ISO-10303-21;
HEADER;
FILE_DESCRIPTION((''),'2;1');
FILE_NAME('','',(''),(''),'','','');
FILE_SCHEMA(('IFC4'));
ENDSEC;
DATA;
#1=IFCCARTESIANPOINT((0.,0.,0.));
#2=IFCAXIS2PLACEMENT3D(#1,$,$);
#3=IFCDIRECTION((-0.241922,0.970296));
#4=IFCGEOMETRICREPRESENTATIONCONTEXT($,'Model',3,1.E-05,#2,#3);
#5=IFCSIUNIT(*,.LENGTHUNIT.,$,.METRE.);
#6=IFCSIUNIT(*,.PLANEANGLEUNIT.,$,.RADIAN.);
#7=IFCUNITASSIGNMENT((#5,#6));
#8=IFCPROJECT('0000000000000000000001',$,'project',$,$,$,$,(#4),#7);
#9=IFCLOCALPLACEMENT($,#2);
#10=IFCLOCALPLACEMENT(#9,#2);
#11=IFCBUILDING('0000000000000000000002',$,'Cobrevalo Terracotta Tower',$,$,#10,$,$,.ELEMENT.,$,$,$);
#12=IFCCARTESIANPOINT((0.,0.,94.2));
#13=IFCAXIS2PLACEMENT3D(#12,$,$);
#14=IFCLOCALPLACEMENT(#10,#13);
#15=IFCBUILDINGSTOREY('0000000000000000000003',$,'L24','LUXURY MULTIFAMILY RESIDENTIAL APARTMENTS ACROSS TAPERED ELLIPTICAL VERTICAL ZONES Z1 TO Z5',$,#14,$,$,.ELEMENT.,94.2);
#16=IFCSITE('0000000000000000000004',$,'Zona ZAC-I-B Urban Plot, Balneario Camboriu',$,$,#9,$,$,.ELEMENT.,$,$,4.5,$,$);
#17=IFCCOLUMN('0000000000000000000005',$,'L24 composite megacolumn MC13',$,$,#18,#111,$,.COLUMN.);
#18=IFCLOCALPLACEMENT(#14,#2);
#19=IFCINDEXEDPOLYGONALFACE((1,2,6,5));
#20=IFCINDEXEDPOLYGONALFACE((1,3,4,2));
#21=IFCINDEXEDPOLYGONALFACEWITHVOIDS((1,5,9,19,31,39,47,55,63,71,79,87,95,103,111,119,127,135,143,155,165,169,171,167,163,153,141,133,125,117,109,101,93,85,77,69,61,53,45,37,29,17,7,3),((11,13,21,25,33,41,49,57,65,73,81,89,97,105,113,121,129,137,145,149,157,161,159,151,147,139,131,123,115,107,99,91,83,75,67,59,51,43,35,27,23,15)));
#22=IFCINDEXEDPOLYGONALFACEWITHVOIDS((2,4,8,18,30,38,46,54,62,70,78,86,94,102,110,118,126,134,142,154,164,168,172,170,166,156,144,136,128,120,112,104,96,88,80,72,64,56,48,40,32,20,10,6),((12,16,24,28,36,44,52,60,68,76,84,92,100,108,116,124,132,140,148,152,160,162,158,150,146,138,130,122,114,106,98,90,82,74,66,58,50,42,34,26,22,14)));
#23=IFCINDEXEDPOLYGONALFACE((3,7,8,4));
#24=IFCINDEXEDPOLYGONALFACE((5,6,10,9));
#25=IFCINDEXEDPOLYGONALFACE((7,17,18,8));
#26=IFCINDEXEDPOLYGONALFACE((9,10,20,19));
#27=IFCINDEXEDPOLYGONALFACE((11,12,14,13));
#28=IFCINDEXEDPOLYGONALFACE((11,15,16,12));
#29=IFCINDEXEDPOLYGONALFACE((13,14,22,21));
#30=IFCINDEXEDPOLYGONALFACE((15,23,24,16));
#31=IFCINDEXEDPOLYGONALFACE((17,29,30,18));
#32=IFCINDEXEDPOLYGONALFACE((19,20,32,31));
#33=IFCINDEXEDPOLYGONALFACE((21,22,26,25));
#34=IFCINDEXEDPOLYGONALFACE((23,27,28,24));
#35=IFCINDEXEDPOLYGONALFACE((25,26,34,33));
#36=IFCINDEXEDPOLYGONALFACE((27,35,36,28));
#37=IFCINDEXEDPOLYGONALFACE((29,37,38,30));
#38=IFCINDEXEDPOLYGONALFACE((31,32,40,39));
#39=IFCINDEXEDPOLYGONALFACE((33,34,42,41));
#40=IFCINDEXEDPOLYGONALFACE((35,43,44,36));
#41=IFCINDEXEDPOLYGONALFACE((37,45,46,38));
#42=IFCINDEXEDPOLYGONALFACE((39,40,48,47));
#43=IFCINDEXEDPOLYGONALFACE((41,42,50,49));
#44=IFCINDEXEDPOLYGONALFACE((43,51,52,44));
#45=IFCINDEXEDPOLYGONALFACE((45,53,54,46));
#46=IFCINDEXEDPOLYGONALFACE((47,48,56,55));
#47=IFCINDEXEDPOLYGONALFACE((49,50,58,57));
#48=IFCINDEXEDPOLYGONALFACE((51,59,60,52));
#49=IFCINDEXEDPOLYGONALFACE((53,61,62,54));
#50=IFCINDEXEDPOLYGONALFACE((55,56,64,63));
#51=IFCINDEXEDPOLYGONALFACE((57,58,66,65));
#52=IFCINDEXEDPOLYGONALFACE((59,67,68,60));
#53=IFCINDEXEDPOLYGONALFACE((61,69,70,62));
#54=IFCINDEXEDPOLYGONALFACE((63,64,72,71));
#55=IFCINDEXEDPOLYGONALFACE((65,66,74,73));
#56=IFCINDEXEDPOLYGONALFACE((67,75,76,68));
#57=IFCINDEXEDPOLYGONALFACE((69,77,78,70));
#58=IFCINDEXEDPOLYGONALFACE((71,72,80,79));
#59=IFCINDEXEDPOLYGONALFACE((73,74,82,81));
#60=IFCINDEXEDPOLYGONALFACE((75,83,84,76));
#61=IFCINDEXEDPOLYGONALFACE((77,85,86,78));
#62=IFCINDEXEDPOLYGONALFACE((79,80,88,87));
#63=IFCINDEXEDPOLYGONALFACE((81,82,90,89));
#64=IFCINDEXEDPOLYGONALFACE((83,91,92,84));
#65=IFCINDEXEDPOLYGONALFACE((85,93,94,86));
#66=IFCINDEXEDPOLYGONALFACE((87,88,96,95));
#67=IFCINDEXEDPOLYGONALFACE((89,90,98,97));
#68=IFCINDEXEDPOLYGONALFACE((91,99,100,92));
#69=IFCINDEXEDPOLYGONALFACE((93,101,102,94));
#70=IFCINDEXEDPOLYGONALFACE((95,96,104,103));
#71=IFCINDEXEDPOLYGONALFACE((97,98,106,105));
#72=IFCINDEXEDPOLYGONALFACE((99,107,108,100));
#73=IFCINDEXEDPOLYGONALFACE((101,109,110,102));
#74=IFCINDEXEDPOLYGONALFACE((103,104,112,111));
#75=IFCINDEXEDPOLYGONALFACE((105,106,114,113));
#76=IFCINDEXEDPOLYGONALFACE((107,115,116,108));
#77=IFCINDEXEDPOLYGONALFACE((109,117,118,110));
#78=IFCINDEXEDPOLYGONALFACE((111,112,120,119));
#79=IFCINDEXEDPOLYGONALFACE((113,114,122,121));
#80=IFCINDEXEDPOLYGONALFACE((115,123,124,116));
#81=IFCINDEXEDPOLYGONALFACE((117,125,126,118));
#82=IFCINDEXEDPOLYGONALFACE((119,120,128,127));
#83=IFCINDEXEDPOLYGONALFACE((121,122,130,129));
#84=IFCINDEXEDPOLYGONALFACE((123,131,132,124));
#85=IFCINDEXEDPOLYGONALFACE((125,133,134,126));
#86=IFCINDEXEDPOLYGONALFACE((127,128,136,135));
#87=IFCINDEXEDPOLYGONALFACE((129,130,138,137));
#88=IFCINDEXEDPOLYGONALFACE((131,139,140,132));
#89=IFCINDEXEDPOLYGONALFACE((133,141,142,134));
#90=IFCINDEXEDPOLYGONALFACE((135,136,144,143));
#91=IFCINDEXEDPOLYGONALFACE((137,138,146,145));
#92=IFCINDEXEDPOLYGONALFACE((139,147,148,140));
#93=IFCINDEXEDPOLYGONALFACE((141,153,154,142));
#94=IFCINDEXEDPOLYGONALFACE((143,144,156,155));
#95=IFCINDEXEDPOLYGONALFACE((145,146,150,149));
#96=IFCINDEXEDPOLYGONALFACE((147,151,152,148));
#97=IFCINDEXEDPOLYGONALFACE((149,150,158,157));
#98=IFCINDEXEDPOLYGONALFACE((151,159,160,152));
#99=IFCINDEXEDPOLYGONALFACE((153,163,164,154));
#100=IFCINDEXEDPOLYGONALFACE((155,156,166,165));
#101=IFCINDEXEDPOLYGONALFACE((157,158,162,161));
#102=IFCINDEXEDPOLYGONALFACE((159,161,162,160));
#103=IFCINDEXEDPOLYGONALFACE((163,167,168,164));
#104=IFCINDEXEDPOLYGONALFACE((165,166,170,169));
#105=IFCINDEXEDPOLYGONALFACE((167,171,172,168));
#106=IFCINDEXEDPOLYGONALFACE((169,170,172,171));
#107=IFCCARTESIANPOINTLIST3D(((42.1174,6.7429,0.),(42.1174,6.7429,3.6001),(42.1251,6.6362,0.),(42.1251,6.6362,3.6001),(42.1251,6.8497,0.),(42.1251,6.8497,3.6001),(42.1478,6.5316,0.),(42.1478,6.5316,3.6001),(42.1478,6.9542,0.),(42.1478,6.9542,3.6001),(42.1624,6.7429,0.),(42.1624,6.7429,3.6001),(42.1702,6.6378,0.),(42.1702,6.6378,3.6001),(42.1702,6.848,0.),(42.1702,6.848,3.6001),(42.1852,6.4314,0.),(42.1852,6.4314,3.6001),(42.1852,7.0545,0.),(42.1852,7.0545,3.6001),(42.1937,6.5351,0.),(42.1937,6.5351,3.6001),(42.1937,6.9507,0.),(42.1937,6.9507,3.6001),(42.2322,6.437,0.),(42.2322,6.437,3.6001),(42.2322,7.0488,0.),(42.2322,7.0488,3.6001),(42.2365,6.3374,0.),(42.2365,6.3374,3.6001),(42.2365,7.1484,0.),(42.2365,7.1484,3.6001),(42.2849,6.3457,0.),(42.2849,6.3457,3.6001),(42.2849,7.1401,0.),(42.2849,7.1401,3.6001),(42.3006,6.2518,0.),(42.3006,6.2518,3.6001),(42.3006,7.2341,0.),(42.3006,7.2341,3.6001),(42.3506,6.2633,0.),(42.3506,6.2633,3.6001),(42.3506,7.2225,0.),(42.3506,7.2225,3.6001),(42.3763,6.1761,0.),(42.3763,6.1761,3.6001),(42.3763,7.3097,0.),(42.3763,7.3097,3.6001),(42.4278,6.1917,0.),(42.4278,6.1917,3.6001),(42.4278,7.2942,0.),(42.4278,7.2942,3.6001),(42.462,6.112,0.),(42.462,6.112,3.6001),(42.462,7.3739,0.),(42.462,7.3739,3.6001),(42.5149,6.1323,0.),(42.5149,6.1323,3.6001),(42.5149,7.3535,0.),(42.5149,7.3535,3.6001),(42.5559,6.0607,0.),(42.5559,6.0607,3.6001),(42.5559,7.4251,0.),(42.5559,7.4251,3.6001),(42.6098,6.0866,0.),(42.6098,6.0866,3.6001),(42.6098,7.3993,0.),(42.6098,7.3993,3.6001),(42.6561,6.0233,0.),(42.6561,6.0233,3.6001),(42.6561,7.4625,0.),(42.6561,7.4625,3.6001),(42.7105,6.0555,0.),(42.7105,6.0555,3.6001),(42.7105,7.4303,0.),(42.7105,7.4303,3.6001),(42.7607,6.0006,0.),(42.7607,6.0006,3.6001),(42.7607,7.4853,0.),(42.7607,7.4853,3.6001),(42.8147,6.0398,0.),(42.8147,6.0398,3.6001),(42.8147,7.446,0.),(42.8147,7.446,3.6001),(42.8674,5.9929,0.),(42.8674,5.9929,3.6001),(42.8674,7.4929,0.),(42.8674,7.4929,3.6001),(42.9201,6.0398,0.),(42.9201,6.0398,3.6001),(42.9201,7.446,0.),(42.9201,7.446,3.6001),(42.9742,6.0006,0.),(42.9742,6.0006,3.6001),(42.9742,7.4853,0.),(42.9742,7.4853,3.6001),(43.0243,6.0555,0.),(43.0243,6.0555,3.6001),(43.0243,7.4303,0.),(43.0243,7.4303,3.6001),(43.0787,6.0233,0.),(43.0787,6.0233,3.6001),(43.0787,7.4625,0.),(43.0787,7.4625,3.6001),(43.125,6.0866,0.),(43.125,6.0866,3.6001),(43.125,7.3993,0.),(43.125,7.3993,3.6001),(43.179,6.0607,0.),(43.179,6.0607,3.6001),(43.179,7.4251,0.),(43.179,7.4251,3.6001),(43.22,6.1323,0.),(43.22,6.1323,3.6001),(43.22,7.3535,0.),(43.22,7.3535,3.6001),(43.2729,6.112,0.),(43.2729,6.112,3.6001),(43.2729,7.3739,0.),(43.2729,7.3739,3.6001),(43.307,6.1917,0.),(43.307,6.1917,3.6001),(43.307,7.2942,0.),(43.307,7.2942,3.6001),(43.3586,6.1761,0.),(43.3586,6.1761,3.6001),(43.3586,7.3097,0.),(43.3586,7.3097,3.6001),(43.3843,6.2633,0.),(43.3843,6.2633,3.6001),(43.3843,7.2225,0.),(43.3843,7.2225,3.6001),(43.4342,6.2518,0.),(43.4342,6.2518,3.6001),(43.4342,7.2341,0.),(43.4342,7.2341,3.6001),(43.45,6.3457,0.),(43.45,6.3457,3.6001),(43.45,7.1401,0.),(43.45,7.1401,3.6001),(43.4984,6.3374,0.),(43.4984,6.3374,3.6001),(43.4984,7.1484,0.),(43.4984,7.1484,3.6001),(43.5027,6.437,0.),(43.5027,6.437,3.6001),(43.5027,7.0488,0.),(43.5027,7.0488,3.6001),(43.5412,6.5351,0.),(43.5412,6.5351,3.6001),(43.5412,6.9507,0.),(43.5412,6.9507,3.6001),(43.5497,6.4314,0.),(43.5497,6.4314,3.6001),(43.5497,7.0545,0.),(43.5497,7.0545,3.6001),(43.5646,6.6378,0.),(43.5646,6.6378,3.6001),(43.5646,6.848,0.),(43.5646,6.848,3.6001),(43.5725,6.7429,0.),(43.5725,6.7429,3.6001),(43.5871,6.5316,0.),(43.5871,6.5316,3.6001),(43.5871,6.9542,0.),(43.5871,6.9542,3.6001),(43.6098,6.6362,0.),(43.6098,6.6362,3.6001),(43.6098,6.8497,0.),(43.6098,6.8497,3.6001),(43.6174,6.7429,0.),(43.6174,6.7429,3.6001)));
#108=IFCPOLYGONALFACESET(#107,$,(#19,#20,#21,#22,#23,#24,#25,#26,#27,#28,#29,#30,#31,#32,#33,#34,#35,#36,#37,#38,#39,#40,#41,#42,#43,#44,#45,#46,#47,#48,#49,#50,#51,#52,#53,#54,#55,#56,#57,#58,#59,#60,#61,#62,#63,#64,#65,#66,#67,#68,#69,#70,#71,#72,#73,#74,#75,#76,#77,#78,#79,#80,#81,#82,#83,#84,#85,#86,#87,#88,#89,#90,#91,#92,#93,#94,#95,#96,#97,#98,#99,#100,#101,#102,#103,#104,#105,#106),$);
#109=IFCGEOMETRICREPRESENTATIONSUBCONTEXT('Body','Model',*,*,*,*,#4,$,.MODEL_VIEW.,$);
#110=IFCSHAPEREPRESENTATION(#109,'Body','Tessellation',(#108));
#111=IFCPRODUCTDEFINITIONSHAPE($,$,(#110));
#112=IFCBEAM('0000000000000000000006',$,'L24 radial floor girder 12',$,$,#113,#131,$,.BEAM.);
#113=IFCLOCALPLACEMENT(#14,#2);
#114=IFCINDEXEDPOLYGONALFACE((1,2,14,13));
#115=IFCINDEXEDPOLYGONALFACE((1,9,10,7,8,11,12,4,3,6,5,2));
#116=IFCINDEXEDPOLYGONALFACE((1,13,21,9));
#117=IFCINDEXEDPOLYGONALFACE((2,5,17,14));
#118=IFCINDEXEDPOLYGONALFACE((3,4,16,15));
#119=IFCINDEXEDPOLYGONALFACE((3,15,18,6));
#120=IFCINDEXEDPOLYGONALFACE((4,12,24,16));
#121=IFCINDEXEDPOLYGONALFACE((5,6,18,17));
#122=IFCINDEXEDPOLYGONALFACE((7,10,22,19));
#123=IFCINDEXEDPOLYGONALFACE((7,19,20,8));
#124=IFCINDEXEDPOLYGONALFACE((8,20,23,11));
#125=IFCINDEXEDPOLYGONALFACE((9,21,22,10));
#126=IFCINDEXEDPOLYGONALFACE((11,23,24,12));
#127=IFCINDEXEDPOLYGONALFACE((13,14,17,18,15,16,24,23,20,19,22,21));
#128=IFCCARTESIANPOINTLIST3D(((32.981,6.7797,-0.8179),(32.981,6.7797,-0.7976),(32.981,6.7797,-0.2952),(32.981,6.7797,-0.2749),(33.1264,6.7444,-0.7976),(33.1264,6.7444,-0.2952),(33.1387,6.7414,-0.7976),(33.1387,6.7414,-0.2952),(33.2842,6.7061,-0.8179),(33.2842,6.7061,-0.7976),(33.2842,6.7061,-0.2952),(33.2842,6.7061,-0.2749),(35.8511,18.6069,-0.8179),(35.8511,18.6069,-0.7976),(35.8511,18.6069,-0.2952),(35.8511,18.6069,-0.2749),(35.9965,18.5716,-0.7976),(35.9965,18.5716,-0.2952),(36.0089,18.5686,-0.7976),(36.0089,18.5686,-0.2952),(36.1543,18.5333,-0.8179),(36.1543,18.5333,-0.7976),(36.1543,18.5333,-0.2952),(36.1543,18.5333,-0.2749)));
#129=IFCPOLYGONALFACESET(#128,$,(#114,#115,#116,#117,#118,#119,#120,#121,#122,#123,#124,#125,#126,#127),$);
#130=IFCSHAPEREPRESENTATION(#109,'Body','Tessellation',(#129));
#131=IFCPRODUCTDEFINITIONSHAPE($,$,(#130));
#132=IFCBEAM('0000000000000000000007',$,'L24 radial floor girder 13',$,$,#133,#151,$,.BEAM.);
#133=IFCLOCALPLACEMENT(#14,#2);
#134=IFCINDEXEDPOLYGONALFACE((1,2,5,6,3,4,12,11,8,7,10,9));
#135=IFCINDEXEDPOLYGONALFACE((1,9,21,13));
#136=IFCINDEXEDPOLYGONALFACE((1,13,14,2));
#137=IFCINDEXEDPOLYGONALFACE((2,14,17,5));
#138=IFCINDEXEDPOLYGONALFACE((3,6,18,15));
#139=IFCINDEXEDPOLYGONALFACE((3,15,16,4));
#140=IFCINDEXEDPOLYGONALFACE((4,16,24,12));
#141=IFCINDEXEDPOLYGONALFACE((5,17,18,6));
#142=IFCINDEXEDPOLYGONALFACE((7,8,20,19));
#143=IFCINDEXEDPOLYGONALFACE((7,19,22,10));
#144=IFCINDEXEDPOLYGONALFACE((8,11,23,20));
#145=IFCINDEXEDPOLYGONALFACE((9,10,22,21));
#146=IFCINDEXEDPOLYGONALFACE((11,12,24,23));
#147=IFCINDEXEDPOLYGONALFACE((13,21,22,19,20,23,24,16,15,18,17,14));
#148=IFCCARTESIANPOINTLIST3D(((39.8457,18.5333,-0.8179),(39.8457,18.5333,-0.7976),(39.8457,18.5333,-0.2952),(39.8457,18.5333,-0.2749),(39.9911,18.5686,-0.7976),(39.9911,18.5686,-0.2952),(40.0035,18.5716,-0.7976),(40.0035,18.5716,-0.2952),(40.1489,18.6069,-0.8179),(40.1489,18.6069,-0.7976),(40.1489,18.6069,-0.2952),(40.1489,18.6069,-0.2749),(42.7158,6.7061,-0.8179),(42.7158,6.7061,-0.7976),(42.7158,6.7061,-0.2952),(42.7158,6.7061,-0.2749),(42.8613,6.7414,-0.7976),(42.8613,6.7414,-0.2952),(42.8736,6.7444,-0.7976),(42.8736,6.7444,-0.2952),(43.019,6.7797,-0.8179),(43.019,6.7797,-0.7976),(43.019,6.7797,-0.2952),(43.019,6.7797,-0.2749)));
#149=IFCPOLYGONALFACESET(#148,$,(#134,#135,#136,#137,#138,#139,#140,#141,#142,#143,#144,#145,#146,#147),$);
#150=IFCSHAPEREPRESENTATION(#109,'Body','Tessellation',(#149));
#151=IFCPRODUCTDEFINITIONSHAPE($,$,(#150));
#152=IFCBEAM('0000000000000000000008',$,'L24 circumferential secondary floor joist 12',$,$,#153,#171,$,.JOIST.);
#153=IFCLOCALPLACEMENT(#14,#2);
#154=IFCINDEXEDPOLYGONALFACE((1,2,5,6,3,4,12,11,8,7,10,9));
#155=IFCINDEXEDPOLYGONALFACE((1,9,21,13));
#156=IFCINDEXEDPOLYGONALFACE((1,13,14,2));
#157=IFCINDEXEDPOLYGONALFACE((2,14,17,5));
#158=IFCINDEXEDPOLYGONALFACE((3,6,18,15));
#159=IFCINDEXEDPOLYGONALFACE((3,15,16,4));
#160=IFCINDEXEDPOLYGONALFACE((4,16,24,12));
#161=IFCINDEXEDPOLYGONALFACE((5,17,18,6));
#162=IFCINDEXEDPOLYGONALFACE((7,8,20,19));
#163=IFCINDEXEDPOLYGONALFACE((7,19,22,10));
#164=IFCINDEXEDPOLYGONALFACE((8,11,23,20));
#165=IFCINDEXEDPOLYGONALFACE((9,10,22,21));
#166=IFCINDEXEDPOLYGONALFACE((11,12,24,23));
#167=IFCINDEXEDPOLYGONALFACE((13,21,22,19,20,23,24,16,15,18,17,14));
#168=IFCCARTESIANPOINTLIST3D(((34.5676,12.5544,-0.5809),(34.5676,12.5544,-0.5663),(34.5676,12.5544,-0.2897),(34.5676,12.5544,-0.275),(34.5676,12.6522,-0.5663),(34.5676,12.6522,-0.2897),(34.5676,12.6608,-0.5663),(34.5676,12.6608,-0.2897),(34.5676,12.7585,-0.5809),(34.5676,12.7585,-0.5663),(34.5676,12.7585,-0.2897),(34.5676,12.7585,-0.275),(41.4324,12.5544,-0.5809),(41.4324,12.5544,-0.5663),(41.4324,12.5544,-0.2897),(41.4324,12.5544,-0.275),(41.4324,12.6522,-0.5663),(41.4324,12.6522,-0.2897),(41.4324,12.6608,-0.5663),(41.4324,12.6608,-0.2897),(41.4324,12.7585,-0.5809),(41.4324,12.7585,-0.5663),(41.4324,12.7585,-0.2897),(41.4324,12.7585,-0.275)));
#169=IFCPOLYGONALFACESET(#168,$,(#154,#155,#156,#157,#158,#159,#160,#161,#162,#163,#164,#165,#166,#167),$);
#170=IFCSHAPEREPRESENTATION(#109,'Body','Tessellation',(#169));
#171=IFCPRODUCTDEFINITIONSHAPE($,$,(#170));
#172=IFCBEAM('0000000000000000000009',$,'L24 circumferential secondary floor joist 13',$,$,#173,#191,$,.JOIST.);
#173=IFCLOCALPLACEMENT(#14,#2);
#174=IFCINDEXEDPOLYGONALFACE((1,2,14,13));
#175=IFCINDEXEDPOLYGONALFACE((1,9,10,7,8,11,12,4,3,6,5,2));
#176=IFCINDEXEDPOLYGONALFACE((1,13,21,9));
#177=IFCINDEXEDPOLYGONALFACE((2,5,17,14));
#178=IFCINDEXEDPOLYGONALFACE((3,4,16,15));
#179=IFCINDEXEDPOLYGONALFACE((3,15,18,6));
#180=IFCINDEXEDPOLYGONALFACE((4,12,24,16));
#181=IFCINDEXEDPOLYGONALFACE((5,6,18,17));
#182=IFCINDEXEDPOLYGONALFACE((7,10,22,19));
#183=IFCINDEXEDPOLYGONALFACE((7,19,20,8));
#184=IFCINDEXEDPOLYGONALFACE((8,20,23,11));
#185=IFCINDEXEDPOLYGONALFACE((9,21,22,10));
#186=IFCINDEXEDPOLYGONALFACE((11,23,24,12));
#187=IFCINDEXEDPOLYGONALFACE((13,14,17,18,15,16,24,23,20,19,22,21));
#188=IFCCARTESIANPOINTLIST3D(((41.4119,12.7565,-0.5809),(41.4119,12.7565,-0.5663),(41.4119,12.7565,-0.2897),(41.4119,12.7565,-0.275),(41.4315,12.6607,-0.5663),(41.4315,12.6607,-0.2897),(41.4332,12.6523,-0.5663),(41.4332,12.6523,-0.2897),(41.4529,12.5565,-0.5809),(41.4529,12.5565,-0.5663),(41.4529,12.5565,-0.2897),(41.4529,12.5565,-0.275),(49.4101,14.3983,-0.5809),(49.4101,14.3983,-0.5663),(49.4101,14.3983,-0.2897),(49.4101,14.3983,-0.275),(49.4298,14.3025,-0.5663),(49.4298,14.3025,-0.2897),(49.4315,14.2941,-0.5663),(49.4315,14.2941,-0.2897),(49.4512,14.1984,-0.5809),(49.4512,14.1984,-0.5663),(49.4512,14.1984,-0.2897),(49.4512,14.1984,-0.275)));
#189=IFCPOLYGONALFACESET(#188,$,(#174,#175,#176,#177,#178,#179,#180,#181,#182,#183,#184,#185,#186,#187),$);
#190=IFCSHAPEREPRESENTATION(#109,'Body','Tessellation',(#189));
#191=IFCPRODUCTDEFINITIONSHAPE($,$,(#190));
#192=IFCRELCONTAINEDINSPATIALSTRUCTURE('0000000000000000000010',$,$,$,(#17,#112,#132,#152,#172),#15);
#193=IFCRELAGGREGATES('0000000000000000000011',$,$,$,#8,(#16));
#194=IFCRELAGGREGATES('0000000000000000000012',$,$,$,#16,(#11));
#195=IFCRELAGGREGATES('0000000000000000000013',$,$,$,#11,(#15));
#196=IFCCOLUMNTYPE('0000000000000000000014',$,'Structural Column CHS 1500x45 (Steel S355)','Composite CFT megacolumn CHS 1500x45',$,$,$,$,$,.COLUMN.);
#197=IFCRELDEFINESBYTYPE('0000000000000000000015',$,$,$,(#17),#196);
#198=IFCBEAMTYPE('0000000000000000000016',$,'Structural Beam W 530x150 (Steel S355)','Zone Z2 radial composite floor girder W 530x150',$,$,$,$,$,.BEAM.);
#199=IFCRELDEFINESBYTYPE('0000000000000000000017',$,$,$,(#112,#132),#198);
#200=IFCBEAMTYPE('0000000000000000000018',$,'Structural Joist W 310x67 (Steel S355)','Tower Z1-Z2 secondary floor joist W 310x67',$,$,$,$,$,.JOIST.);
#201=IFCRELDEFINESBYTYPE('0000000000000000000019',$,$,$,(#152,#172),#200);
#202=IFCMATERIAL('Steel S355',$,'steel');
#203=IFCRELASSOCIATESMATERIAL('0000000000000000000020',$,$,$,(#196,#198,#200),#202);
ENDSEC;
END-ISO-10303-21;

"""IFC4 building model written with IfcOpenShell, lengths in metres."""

from ifc_helpers import new_model, si_unit, direction, frame, origin, origin_2d, place, context, subcontext, project, spatial, hollow_circle, i_section, extrude, material, material_profile, profile_set, type_object, element, save


model = new_model("IFC4")

# Units and contexts
model_context = context("Model", 3, precision=1e-05, world=origin(), true_north=direction((-0.241922, 0.970296)))
body_context = subcontext(model_context, "Body", "Model", "MODEL_VIEW")
ifc_project = project(units=[si_unit("LENGTHUNIT", "METRE"), si_unit("PLANEANGLEUNIT", "RADIAN")], contexts=[model_context])

# Site, building, storey
site_placement = place(None, origin())
site = spatial("IfcSite", under=ifc_project, at=site_placement, Name="Zona ZAC-I-B Urban Plot, Balneario Camboriu", CompositionType="ELEMENT", RefElevation=4.5)
building_placement = place(site_placement, origin())
building = spatial("IfcBuilding", under=site, at=building_placement, Name="Cobrevalo Terracotta Tower", CompositionType="ELEMENT")
storey_placement = place(building_placement, frame((0.0, 0.0, 94.2)))
storey = spatial("IfcBuildingStorey", under=building, at=storey_placement, Name="L24", Description="LUXURY MULTIFAMILY RESIDENTIAL APARTMENTS ACROSS TAPERED ELLIPTICAL VERTICAL ZONES Z1 TO Z5", CompositionType="ELEMENT", Elevation=94.2)

# Column
ifc_material_1 = material(Name="Steel S355", Category="steel")
ifc_material_profile_1 = material_profile(ifc_material_1, hollow_circle(Radius=0.75, WallThickness=0.0449, at=origin_2d()), Name="CHS 1500x45")
ifc_profile_set_1 = profile_set([ifc_material_profile_1], Name="Steel S355")
column_type = type_object("IfcColumnType", Name="Structural Column CHS 1500x45 (Steel S355)", Description="Composite CFT megacolumn CHS 1500x45", PredefinedType="COLUMN", material=ifc_profile_set_1)
column_placement = place(storey_placement, frame((42.8674, 6.7429, 0.0), z_axis=(0.0, 0.0, 1.0), x_axis=(1.0, 0.0, 0.0)))
element("IfcColumn", 1, at=column_placement, inside=storey, type_object=column_type, Name="L24 composite megacolumn MC13", PredefinedType="COLUMN", context=body_context, shape_type="SweptSolid", body=[
    extrude(hollow_circle(Radius=0.75, WallThickness=0.0449, at=origin_2d()), origin(), (0.0, 0.0, 1.0), 3.6001),
])

# Beams
ifc_material_profile_2 = material_profile(ifc_material_1, i_section(OverallWidth=0.312, OverallDepth=0.543, WebThickness=0.0127, FlangeThickness=0.0203, at=origin_2d()), Name="W 530x150")
ifc_profile_set_2 = profile_set([ifc_material_profile_2], Name="Steel S355")
beam_type_1 = type_object("IfcBeamType", Name="Structural Beam W 530x150 (Steel S355)", Description="Zone Z2 radial composite floor girder W 530x150", PredefinedType="BEAM", material=ifc_profile_set_2)
for number, where, z_axis, x_axis, name in (
    (2, (33.1326, 6.7429, -0.5464), (0.235827, 0.971795, 0.0), (-0.971795, 0.235827, 0.0), "L24 radial floor girder 12"),
    (3, (42.8674, 6.7429, -0.5464), (-0.235827, 0.971795, 0.0), (-0.971795, -0.235827, 0.0), "L24 radial floor girder 13"),
):
    element("IfcBeam", number, at=place(storey_placement, frame(where, z_axis=z_axis, x_axis=x_axis)), inside=storey, type_object=beam_type_1, Name=name, PredefinedType="BEAM", context=body_context, shape_type="SweptSolid", body=[
        extrude(i_section(OverallWidth=0.312, OverallDepth=0.543, WebThickness=0.0127, FlangeThickness=0.0203, at=origin_2d()), origin(), (0.0, 0.0, 1.0), 12.1704),
    ])
ifc_material_profile_3 = material_profile(ifc_material_1, i_section(OverallWidth=0.2041, OverallDepth=0.3059, WebThickness=0.0085, FlangeThickness=0.0146, at=origin_2d()), Name="W 310x67")
ifc_profile_set_3 = profile_set([ifc_material_profile_3], Name="Steel S355")
beam_type_2 = type_object("IfcBeamType", Name="Structural Joist W 310x67 (Steel S355)", Description="Tower Z1-Z2 secondary floor joist W 310x67", PredefinedType="JOIST", material=ifc_profile_set_3)
beam_1_placement = place(storey_placement, frame((34.5676, 12.6565, -0.428), z_axis=(1.0, 0.0, 0.0), x_axis=(0.0, 1.0, 0.0)))
element("IfcBeam", 4, at=beam_1_placement, inside=storey, type_object=beam_type_2, Name="L24 circumferential secondary floor joist 12", PredefinedType="JOIST", context=body_context, shape_type="SweptSolid", body=[
    extrude(i_section(OverallWidth=0.2041, OverallDepth=0.3059, WebThickness=0.0085, FlangeThickness=0.0146, at=origin_2d()), origin(), (0.0, 0.0, 1.0), 6.8647),
])
beam_2_placement = place(storey_placement, frame((41.4324, 12.6565, -0.428), z_axis=(0.979574, 0.201082, 0.0), x_axis=(-0.201082, 0.979574, 0.0)))
element("IfcBeam", 5, at=beam_2_placement, inside=storey, type_object=beam_type_2, Name="L24 circumferential secondary floor joist 13", PredefinedType="JOIST", context=body_context, shape_type="SweptSolid", body=[
    extrude(i_section(OverallWidth=0.2041, OverallDepth=0.3059, WebThickness=0.0085, FlangeThickness=0.0146, at=origin_2d()), origin(), (0.0, 0.0, 1.0), 8.165),
])

save(model, "model.ifc")
